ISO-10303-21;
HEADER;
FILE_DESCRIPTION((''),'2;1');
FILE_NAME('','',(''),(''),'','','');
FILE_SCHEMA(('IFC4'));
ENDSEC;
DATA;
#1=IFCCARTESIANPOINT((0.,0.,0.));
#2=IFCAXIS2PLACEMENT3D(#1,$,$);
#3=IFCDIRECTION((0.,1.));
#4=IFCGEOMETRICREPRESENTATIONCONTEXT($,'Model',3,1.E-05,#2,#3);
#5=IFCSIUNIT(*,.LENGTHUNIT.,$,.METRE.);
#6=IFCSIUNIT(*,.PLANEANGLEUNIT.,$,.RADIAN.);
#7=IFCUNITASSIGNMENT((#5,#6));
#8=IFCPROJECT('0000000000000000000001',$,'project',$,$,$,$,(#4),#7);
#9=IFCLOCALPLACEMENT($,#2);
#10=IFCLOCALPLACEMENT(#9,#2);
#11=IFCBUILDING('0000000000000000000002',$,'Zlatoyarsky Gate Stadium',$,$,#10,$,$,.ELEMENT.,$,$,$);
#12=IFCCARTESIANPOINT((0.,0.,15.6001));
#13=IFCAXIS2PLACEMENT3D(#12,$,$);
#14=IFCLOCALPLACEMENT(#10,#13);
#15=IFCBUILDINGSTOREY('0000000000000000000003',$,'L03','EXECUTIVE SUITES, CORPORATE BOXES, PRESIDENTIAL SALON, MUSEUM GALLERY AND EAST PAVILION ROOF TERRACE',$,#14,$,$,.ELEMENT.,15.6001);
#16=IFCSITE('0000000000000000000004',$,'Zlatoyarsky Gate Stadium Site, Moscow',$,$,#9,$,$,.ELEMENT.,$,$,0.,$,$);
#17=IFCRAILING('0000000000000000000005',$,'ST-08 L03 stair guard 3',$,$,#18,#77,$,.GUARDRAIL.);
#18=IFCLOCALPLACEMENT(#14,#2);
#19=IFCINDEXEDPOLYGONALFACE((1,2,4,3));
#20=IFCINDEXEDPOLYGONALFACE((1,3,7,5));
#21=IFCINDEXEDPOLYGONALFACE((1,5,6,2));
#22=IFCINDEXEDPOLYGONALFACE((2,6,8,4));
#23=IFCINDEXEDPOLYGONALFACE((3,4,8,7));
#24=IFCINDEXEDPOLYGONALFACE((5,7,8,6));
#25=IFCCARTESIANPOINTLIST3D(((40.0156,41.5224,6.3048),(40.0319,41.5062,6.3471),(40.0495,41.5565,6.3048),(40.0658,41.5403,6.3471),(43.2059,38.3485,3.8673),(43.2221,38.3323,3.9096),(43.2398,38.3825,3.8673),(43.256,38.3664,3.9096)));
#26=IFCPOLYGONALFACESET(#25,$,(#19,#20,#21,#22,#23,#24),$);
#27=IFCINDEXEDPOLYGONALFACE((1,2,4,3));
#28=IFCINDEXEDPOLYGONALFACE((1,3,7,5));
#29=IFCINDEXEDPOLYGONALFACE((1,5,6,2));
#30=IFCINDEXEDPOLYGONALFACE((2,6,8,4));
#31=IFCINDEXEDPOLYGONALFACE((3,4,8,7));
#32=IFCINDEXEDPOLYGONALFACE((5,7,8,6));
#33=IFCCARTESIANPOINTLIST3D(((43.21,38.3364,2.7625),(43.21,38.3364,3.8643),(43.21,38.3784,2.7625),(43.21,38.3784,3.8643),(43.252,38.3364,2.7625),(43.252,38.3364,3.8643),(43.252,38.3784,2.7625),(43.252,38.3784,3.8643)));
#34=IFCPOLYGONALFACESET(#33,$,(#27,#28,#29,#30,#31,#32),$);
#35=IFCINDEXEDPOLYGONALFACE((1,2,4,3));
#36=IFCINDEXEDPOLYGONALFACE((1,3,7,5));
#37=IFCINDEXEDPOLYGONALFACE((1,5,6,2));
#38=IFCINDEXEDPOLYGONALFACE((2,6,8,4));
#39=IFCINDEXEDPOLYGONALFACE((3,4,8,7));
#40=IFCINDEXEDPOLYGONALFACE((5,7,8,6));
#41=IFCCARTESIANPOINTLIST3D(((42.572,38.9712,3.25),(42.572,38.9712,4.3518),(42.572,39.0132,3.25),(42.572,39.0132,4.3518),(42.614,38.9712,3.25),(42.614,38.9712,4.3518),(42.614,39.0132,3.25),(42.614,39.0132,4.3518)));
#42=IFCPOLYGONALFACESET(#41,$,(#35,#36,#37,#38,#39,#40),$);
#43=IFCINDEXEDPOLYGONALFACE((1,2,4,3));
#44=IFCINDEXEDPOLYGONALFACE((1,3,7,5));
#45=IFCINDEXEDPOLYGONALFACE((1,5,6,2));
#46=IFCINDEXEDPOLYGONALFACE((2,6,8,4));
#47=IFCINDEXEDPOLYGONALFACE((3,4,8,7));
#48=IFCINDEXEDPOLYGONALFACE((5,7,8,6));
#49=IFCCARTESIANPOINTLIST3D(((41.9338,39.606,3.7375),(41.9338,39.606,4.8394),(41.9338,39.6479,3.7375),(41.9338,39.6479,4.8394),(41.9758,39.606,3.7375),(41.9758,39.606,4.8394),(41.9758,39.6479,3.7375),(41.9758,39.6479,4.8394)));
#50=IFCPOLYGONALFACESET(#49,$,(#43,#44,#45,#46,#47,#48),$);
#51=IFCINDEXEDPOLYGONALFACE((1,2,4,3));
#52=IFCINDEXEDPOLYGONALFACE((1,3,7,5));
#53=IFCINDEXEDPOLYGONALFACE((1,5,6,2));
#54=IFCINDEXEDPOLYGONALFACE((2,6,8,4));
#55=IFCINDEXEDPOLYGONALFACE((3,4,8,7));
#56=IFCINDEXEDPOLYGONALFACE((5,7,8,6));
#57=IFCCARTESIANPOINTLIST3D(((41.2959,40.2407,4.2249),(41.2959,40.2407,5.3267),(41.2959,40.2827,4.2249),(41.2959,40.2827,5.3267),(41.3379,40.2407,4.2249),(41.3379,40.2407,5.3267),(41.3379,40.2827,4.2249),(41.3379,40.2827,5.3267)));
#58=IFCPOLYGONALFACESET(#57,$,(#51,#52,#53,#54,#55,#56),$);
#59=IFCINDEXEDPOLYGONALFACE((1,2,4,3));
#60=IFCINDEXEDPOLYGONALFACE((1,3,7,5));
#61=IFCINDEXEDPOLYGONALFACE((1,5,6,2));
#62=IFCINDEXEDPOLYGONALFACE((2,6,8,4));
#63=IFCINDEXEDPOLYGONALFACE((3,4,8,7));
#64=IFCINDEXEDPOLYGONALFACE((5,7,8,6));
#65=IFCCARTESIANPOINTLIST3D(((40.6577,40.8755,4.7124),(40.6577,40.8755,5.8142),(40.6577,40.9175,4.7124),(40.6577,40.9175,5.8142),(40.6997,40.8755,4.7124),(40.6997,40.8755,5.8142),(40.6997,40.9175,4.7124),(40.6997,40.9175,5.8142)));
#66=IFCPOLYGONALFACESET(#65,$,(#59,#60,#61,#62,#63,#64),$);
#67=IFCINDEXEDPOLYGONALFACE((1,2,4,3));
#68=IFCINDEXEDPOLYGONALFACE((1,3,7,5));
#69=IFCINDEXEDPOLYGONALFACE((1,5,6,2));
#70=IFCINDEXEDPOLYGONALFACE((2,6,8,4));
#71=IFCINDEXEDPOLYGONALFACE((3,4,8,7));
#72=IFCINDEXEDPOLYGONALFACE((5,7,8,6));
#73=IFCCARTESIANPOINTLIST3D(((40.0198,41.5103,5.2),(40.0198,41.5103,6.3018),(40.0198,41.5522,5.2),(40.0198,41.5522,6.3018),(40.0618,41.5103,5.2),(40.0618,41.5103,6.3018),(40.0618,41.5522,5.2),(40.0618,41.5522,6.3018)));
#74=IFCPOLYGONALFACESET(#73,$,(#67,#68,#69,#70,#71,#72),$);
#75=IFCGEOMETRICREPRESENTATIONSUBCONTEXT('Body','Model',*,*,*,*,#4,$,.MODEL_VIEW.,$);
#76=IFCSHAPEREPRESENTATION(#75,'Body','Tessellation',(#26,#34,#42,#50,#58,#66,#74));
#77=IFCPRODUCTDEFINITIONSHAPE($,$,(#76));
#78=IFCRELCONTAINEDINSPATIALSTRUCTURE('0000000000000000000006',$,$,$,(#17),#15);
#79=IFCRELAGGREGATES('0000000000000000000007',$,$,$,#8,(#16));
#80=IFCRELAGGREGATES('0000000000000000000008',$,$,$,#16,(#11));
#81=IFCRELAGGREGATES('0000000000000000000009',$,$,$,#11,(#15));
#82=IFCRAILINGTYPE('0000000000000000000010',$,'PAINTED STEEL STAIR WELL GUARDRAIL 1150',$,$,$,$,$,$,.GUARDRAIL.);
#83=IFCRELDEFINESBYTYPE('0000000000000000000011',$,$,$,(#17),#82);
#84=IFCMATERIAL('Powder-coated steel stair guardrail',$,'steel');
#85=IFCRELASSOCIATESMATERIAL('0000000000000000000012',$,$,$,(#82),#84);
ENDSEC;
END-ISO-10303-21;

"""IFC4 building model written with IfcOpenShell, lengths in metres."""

from ifc_helpers import new_model, si_unit, direction, frame, origin, origin_2d, place, context, subcontext, project, spatial, rectangle, extrude, material, type_object, element, save


model = new_model("IFC4")

# Units and contexts
model_context = context("Model", 3, precision=1e-05, world=origin(), true_north=direction((0.0, 1.0)))
body_context = subcontext(model_context, "Body", "Model", "MODEL_VIEW")
ifc_project = project(units=[si_unit("LENGTHUNIT", "METRE"), si_unit("PLANEANGLEUNIT", "RADIAN")], contexts=[model_context])

# Site, building, storey
site_placement = place(None, origin())
site = spatial("IfcSite", under=ifc_project, at=site_placement, Name="Zlatoyarsky Gate Stadium Site, Moscow", CompositionType="ELEMENT", RefElevation=0.0)
building_placement = place(site_placement, origin())
building = spatial("IfcBuilding", under=site, at=building_placement, Name="Zlatoyarsky Gate Stadium", CompositionType="ELEMENT")
storey_placement = place(building_placement, frame((0.0, 0.0, 15.6001)))
storey = spatial("IfcBuildingStorey", under=building, at=storey_placement, Name="L03", Description="EXECUTIVE SUITES, CORPORATE BOXES, PRESIDENTIAL SALON, MUSEUM GALLERY AND EAST PAVILION ROOF TERRACE", CompositionType="ELEMENT", Elevation=15.6001)

# Railing
ifc_material_1 = material(Name="Powder-coated steel stair guardrail", Category="steel")
railing_type_1 = type_object("IfcRailingType", Name="PAINTED STEEL STAIR WELL GUARDRAIL 1150", PredefinedType="GUARDRAIL", material=ifc_material_1)
railing_1_placement = place(storey_placement, frame((43.231, 38.3574, 2.7625)))
element("IfcRailing", 1, at=railing_1_placement, inside=storey, type_object=railing_type_1, Name="ST-08 L03 stair guard 3", PredefinedType="GUARDRAIL", context=body_context, shape_type="SweptSolid", body=[
    extrude(rectangle(XDim=0.0481, YDim=0.0481, at=origin_2d()), frame((0.0, 0.0, 1.126), z_axis=(-0.623351, 0.620155, 0.476279), x_axis=(-0.705287, -0.708922, 0.0)), (0.0, 0.0, 1.0), 5.1179),
    extrude(rectangle(XDim=0.042, YDim=0.042, at=origin_2d()), origin(), (0.0, 0.0, 1.0), 1.1018),
    extrude(rectangle(XDim=0.042, YDim=0.042, at=origin_2d()), frame((-0.6379, 0.6348, 0.4875)), (0.0, 0.0, 1.0), 1.1018),
    extrude(rectangle(XDim=0.042, YDim=0.042, at=origin_2d()), frame((-1.2761, 1.2695, 0.9751)), (0.0, 0.0, 1.0), 1.1018),
    extrude(rectangle(XDim=0.042, YDim=0.042, at=origin_2d()), frame((-1.9141, 1.9043, 1.4624)), (0.0, 0.0, 1.0), 1.1018),
    extrude(rectangle(XDim=0.042, YDim=0.042, at=origin_2d()), frame((-2.5522, 2.5391, 1.95)), (0.0, 0.0, 1.0), 1.1018),
    extrude(rectangle(XDim=0.042, YDim=0.042, at=origin_2d()), frame((-3.1902, 3.1738, 2.4375)), (0.0, 0.0, 1.0), 1.1018),
])

save(model, "model.ifc")
